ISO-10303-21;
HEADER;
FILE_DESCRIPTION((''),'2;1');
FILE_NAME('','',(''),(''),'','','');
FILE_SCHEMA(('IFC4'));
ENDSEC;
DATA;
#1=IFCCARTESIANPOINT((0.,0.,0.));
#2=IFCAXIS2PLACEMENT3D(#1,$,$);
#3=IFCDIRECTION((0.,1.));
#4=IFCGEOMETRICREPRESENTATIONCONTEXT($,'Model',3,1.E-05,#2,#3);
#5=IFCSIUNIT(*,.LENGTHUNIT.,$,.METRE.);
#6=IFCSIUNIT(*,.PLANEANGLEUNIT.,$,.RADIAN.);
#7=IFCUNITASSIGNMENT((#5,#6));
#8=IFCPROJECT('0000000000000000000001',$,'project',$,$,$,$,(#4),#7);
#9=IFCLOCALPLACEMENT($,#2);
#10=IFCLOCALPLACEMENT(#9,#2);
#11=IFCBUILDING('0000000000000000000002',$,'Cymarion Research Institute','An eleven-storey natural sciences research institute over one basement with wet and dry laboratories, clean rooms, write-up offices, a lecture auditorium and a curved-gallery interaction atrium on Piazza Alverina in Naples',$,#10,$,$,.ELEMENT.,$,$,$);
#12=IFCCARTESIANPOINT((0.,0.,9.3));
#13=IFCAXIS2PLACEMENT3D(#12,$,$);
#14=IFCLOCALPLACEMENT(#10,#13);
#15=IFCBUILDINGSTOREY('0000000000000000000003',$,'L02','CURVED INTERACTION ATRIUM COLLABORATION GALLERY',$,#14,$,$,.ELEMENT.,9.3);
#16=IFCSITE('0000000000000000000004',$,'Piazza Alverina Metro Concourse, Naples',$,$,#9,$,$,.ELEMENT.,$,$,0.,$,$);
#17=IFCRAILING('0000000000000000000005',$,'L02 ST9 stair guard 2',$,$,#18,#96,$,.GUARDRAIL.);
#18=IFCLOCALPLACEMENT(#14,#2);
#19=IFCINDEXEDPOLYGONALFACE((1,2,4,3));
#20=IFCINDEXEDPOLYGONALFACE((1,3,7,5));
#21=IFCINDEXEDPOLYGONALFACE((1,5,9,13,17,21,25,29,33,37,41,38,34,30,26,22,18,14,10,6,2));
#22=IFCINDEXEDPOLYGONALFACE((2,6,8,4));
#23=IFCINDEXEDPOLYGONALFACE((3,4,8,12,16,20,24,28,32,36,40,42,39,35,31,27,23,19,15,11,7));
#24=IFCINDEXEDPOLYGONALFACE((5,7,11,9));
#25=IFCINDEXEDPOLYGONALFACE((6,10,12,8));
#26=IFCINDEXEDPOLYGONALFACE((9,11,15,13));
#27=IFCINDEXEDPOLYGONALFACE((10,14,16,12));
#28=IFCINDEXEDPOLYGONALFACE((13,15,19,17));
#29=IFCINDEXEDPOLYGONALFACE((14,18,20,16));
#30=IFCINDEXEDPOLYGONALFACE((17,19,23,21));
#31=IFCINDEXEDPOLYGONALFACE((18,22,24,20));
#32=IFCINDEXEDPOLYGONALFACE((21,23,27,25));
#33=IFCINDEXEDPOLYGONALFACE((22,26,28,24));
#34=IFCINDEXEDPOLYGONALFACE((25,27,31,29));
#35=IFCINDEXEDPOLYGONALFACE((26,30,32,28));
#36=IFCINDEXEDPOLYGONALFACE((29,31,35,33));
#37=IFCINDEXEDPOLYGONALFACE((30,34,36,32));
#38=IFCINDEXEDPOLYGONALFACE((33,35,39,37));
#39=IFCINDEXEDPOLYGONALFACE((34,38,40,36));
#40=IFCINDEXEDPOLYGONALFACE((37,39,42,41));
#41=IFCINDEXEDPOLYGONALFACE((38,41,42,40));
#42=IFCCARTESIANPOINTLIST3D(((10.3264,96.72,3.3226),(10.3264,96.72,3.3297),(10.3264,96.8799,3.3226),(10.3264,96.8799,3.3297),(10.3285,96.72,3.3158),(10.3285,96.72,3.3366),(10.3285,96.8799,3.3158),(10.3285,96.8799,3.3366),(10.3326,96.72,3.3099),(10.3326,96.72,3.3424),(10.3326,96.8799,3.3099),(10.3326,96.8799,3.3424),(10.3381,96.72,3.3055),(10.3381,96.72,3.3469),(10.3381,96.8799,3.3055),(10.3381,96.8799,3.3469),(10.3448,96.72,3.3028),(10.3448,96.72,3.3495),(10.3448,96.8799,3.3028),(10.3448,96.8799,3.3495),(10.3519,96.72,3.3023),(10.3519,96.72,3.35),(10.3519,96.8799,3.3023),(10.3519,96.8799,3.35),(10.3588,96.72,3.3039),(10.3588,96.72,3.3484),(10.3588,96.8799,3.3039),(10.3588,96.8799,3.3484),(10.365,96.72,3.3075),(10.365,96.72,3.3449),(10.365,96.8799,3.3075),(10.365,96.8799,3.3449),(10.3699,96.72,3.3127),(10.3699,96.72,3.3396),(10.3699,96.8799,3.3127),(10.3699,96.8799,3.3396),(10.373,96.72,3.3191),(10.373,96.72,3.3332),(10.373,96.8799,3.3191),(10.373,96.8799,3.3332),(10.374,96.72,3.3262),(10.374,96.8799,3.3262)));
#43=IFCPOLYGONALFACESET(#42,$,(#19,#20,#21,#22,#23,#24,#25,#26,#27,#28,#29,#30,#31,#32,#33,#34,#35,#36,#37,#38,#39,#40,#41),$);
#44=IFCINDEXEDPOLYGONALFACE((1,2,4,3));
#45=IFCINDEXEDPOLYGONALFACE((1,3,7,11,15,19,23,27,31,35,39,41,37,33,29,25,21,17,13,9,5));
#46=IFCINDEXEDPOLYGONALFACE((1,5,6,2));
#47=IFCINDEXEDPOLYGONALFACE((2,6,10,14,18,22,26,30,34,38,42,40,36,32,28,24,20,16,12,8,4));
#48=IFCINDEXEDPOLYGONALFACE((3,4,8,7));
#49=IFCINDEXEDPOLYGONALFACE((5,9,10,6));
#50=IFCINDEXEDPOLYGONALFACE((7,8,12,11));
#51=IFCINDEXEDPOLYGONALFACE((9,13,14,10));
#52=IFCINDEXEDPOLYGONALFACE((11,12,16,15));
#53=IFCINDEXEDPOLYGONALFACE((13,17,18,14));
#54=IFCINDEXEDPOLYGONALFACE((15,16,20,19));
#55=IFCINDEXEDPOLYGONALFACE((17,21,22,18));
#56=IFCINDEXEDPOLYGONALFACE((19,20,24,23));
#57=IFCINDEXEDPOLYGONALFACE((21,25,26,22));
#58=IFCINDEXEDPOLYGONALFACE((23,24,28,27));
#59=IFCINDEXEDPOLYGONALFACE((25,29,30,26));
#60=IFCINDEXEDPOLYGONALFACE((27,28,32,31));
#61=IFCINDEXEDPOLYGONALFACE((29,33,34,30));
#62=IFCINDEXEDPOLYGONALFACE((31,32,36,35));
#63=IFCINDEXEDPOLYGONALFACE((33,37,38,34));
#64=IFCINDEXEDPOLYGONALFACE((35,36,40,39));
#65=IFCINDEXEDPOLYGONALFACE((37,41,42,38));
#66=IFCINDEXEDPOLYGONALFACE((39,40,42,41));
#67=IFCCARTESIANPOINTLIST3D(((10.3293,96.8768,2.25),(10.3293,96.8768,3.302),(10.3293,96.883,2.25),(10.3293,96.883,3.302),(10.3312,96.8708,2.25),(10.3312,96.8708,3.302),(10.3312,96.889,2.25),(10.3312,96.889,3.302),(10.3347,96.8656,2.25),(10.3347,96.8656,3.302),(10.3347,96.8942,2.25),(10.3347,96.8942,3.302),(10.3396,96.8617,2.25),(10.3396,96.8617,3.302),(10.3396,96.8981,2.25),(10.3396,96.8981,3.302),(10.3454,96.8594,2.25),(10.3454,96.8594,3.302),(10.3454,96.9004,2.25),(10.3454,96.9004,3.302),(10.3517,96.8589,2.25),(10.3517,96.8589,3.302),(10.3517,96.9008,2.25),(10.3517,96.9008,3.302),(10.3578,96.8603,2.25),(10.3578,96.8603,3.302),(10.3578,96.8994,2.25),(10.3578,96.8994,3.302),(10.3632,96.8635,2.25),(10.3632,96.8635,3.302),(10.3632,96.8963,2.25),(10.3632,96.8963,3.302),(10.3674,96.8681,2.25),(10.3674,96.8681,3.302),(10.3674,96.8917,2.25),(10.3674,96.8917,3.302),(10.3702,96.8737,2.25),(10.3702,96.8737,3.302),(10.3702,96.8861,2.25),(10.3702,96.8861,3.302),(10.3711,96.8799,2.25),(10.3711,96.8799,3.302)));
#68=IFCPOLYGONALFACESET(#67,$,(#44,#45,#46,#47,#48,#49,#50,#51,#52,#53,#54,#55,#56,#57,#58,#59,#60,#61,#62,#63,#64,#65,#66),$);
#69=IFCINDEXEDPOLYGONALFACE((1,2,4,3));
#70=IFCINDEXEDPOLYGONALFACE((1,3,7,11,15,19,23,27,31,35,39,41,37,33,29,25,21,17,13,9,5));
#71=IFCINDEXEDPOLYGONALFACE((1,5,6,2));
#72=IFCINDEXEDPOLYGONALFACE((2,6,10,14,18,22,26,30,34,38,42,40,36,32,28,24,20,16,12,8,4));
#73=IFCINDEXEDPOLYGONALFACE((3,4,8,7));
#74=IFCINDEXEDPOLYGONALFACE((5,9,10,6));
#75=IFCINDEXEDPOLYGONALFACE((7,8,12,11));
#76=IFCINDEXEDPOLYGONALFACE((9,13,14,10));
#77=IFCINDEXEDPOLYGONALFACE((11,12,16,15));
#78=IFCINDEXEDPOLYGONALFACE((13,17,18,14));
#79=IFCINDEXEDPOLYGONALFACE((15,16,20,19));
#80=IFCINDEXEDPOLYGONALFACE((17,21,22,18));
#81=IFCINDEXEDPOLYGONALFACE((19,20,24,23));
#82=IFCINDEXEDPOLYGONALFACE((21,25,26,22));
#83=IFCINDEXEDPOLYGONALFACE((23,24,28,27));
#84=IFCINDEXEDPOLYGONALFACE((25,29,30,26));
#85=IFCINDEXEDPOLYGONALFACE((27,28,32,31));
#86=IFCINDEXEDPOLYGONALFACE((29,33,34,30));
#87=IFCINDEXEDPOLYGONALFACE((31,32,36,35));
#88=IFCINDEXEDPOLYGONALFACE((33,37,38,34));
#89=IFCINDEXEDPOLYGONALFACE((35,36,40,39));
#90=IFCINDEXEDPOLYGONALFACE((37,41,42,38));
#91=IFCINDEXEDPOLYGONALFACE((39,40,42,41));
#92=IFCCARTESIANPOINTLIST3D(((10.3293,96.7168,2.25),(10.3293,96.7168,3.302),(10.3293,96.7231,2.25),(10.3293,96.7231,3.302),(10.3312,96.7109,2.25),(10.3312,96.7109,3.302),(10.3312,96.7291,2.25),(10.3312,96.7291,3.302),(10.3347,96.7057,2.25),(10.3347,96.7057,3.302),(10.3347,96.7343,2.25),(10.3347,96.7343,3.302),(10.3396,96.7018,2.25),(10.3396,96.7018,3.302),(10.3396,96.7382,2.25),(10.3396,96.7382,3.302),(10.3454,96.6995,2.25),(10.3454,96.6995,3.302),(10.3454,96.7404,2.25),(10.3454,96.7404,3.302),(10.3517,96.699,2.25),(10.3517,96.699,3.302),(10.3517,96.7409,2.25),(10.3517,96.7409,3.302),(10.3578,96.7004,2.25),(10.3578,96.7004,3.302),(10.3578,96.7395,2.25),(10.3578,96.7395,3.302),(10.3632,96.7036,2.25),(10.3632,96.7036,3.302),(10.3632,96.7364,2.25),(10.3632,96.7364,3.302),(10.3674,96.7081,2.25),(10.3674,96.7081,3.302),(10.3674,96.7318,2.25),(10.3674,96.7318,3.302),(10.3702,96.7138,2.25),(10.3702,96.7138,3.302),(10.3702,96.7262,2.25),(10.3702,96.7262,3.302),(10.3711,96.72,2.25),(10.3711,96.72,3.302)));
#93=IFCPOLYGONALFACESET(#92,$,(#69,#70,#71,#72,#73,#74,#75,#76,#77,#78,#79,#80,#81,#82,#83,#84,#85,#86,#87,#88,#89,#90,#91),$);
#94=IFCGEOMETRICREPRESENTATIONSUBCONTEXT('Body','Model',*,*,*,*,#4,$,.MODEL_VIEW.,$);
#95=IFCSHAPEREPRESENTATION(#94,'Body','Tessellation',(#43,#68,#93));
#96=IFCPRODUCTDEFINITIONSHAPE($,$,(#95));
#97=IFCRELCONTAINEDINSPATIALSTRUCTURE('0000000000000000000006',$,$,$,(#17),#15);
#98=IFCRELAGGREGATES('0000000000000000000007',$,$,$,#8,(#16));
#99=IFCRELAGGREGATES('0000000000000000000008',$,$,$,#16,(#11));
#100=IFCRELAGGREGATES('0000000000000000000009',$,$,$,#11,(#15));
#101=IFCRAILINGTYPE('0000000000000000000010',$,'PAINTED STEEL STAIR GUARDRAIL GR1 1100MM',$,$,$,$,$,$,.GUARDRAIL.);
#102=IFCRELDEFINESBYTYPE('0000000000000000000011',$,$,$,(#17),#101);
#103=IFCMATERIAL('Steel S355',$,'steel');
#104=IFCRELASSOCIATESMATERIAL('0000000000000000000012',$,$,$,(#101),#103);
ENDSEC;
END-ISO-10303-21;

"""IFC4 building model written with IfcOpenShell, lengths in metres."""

from ifc_helpers import new_model, si_unit, direction, frame, origin, origin_2d, place, context, subcontext, project, spatial, circle, extrude, material, type_object, element, save


model = new_model("IFC4")

# Units and contexts
model_context = context("Model", 3, precision=1e-05, world=origin(), true_north=direction((0.0, 1.0)))
body_context = subcontext(model_context, "Body", "Model", "MODEL_VIEW")
ifc_project = project(units=[si_unit("LENGTHUNIT", "METRE"), si_unit("PLANEANGLEUNIT", "RADIAN")], contexts=[model_context])

# Site, building, storey
site_placement = place(None, origin())
site = spatial("IfcSite", under=ifc_project, at=site_placement, Name="Piazza Alverina Metro Concourse, Naples", CompositionType="ELEMENT", RefElevation=0.0)
building_placement = place(site_placement, origin())
building = spatial("IfcBuilding", under=site, at=building_placement, Name="Cymarion Research Institute", Description="An eleven-storey natural sciences research institute over one basement with wet and dry laboratories, clean rooms, write-up offices, a lecture auditorium and a curved-gallery interaction atrium on Piazza Alverina in Naples", CompositionType="ELEMENT")
storey_placement = place(building_placement, frame((0.0, 0.0, 9.3)))
storey = spatial("IfcBuildingStorey", under=building, at=storey_placement, Name="L02", Description="CURVED INTERACTION ATRIUM COLLABORATION GALLERY", CompositionType="ELEMENT", Elevation=9.3)

# Shared definitions
ifc_material_1 = material(Name="Steel S355", Category="steel")

# Railing
railing_type_1 = type_object("IfcRailingType", Name="PAINTED STEEL STAIR GUARDRAIL GR1 1100MM", PredefinedType="GUARDRAIL", material=ifc_material_1)
railing_1_placement = place(storey_placement, frame((10.3501, 96.8799, 2.25)))
element("IfcRailing", 1, at=railing_1_placement, inside=storey, type_object=railing_type_1, Name="L02 ST9 stair guard 2", PredefinedType="GUARDRAIL", context=body_context, shape_type="SweptSolid", body=[
    extrude(circle(Radius=0.0239, at=origin_2d()), frame((0.0, 0.0, 1.0762), z_axis=(0.0, -1.0, 0.0), x_axis=(1.0, 0.0, 0.0)), (0.0, 0.0, 1.0), 0.1599),
    extrude(circle(Radius=0.021, at=origin_2d()), origin(), (0.0, 0.0, 1.0), 1.052),
    extrude(circle(Radius=0.021, at=origin_2d()), frame((0.0, -0.1599, 0.0)), (0.0, 0.0, 1.0), 1.052),
])

save(model, "model.ifc")
